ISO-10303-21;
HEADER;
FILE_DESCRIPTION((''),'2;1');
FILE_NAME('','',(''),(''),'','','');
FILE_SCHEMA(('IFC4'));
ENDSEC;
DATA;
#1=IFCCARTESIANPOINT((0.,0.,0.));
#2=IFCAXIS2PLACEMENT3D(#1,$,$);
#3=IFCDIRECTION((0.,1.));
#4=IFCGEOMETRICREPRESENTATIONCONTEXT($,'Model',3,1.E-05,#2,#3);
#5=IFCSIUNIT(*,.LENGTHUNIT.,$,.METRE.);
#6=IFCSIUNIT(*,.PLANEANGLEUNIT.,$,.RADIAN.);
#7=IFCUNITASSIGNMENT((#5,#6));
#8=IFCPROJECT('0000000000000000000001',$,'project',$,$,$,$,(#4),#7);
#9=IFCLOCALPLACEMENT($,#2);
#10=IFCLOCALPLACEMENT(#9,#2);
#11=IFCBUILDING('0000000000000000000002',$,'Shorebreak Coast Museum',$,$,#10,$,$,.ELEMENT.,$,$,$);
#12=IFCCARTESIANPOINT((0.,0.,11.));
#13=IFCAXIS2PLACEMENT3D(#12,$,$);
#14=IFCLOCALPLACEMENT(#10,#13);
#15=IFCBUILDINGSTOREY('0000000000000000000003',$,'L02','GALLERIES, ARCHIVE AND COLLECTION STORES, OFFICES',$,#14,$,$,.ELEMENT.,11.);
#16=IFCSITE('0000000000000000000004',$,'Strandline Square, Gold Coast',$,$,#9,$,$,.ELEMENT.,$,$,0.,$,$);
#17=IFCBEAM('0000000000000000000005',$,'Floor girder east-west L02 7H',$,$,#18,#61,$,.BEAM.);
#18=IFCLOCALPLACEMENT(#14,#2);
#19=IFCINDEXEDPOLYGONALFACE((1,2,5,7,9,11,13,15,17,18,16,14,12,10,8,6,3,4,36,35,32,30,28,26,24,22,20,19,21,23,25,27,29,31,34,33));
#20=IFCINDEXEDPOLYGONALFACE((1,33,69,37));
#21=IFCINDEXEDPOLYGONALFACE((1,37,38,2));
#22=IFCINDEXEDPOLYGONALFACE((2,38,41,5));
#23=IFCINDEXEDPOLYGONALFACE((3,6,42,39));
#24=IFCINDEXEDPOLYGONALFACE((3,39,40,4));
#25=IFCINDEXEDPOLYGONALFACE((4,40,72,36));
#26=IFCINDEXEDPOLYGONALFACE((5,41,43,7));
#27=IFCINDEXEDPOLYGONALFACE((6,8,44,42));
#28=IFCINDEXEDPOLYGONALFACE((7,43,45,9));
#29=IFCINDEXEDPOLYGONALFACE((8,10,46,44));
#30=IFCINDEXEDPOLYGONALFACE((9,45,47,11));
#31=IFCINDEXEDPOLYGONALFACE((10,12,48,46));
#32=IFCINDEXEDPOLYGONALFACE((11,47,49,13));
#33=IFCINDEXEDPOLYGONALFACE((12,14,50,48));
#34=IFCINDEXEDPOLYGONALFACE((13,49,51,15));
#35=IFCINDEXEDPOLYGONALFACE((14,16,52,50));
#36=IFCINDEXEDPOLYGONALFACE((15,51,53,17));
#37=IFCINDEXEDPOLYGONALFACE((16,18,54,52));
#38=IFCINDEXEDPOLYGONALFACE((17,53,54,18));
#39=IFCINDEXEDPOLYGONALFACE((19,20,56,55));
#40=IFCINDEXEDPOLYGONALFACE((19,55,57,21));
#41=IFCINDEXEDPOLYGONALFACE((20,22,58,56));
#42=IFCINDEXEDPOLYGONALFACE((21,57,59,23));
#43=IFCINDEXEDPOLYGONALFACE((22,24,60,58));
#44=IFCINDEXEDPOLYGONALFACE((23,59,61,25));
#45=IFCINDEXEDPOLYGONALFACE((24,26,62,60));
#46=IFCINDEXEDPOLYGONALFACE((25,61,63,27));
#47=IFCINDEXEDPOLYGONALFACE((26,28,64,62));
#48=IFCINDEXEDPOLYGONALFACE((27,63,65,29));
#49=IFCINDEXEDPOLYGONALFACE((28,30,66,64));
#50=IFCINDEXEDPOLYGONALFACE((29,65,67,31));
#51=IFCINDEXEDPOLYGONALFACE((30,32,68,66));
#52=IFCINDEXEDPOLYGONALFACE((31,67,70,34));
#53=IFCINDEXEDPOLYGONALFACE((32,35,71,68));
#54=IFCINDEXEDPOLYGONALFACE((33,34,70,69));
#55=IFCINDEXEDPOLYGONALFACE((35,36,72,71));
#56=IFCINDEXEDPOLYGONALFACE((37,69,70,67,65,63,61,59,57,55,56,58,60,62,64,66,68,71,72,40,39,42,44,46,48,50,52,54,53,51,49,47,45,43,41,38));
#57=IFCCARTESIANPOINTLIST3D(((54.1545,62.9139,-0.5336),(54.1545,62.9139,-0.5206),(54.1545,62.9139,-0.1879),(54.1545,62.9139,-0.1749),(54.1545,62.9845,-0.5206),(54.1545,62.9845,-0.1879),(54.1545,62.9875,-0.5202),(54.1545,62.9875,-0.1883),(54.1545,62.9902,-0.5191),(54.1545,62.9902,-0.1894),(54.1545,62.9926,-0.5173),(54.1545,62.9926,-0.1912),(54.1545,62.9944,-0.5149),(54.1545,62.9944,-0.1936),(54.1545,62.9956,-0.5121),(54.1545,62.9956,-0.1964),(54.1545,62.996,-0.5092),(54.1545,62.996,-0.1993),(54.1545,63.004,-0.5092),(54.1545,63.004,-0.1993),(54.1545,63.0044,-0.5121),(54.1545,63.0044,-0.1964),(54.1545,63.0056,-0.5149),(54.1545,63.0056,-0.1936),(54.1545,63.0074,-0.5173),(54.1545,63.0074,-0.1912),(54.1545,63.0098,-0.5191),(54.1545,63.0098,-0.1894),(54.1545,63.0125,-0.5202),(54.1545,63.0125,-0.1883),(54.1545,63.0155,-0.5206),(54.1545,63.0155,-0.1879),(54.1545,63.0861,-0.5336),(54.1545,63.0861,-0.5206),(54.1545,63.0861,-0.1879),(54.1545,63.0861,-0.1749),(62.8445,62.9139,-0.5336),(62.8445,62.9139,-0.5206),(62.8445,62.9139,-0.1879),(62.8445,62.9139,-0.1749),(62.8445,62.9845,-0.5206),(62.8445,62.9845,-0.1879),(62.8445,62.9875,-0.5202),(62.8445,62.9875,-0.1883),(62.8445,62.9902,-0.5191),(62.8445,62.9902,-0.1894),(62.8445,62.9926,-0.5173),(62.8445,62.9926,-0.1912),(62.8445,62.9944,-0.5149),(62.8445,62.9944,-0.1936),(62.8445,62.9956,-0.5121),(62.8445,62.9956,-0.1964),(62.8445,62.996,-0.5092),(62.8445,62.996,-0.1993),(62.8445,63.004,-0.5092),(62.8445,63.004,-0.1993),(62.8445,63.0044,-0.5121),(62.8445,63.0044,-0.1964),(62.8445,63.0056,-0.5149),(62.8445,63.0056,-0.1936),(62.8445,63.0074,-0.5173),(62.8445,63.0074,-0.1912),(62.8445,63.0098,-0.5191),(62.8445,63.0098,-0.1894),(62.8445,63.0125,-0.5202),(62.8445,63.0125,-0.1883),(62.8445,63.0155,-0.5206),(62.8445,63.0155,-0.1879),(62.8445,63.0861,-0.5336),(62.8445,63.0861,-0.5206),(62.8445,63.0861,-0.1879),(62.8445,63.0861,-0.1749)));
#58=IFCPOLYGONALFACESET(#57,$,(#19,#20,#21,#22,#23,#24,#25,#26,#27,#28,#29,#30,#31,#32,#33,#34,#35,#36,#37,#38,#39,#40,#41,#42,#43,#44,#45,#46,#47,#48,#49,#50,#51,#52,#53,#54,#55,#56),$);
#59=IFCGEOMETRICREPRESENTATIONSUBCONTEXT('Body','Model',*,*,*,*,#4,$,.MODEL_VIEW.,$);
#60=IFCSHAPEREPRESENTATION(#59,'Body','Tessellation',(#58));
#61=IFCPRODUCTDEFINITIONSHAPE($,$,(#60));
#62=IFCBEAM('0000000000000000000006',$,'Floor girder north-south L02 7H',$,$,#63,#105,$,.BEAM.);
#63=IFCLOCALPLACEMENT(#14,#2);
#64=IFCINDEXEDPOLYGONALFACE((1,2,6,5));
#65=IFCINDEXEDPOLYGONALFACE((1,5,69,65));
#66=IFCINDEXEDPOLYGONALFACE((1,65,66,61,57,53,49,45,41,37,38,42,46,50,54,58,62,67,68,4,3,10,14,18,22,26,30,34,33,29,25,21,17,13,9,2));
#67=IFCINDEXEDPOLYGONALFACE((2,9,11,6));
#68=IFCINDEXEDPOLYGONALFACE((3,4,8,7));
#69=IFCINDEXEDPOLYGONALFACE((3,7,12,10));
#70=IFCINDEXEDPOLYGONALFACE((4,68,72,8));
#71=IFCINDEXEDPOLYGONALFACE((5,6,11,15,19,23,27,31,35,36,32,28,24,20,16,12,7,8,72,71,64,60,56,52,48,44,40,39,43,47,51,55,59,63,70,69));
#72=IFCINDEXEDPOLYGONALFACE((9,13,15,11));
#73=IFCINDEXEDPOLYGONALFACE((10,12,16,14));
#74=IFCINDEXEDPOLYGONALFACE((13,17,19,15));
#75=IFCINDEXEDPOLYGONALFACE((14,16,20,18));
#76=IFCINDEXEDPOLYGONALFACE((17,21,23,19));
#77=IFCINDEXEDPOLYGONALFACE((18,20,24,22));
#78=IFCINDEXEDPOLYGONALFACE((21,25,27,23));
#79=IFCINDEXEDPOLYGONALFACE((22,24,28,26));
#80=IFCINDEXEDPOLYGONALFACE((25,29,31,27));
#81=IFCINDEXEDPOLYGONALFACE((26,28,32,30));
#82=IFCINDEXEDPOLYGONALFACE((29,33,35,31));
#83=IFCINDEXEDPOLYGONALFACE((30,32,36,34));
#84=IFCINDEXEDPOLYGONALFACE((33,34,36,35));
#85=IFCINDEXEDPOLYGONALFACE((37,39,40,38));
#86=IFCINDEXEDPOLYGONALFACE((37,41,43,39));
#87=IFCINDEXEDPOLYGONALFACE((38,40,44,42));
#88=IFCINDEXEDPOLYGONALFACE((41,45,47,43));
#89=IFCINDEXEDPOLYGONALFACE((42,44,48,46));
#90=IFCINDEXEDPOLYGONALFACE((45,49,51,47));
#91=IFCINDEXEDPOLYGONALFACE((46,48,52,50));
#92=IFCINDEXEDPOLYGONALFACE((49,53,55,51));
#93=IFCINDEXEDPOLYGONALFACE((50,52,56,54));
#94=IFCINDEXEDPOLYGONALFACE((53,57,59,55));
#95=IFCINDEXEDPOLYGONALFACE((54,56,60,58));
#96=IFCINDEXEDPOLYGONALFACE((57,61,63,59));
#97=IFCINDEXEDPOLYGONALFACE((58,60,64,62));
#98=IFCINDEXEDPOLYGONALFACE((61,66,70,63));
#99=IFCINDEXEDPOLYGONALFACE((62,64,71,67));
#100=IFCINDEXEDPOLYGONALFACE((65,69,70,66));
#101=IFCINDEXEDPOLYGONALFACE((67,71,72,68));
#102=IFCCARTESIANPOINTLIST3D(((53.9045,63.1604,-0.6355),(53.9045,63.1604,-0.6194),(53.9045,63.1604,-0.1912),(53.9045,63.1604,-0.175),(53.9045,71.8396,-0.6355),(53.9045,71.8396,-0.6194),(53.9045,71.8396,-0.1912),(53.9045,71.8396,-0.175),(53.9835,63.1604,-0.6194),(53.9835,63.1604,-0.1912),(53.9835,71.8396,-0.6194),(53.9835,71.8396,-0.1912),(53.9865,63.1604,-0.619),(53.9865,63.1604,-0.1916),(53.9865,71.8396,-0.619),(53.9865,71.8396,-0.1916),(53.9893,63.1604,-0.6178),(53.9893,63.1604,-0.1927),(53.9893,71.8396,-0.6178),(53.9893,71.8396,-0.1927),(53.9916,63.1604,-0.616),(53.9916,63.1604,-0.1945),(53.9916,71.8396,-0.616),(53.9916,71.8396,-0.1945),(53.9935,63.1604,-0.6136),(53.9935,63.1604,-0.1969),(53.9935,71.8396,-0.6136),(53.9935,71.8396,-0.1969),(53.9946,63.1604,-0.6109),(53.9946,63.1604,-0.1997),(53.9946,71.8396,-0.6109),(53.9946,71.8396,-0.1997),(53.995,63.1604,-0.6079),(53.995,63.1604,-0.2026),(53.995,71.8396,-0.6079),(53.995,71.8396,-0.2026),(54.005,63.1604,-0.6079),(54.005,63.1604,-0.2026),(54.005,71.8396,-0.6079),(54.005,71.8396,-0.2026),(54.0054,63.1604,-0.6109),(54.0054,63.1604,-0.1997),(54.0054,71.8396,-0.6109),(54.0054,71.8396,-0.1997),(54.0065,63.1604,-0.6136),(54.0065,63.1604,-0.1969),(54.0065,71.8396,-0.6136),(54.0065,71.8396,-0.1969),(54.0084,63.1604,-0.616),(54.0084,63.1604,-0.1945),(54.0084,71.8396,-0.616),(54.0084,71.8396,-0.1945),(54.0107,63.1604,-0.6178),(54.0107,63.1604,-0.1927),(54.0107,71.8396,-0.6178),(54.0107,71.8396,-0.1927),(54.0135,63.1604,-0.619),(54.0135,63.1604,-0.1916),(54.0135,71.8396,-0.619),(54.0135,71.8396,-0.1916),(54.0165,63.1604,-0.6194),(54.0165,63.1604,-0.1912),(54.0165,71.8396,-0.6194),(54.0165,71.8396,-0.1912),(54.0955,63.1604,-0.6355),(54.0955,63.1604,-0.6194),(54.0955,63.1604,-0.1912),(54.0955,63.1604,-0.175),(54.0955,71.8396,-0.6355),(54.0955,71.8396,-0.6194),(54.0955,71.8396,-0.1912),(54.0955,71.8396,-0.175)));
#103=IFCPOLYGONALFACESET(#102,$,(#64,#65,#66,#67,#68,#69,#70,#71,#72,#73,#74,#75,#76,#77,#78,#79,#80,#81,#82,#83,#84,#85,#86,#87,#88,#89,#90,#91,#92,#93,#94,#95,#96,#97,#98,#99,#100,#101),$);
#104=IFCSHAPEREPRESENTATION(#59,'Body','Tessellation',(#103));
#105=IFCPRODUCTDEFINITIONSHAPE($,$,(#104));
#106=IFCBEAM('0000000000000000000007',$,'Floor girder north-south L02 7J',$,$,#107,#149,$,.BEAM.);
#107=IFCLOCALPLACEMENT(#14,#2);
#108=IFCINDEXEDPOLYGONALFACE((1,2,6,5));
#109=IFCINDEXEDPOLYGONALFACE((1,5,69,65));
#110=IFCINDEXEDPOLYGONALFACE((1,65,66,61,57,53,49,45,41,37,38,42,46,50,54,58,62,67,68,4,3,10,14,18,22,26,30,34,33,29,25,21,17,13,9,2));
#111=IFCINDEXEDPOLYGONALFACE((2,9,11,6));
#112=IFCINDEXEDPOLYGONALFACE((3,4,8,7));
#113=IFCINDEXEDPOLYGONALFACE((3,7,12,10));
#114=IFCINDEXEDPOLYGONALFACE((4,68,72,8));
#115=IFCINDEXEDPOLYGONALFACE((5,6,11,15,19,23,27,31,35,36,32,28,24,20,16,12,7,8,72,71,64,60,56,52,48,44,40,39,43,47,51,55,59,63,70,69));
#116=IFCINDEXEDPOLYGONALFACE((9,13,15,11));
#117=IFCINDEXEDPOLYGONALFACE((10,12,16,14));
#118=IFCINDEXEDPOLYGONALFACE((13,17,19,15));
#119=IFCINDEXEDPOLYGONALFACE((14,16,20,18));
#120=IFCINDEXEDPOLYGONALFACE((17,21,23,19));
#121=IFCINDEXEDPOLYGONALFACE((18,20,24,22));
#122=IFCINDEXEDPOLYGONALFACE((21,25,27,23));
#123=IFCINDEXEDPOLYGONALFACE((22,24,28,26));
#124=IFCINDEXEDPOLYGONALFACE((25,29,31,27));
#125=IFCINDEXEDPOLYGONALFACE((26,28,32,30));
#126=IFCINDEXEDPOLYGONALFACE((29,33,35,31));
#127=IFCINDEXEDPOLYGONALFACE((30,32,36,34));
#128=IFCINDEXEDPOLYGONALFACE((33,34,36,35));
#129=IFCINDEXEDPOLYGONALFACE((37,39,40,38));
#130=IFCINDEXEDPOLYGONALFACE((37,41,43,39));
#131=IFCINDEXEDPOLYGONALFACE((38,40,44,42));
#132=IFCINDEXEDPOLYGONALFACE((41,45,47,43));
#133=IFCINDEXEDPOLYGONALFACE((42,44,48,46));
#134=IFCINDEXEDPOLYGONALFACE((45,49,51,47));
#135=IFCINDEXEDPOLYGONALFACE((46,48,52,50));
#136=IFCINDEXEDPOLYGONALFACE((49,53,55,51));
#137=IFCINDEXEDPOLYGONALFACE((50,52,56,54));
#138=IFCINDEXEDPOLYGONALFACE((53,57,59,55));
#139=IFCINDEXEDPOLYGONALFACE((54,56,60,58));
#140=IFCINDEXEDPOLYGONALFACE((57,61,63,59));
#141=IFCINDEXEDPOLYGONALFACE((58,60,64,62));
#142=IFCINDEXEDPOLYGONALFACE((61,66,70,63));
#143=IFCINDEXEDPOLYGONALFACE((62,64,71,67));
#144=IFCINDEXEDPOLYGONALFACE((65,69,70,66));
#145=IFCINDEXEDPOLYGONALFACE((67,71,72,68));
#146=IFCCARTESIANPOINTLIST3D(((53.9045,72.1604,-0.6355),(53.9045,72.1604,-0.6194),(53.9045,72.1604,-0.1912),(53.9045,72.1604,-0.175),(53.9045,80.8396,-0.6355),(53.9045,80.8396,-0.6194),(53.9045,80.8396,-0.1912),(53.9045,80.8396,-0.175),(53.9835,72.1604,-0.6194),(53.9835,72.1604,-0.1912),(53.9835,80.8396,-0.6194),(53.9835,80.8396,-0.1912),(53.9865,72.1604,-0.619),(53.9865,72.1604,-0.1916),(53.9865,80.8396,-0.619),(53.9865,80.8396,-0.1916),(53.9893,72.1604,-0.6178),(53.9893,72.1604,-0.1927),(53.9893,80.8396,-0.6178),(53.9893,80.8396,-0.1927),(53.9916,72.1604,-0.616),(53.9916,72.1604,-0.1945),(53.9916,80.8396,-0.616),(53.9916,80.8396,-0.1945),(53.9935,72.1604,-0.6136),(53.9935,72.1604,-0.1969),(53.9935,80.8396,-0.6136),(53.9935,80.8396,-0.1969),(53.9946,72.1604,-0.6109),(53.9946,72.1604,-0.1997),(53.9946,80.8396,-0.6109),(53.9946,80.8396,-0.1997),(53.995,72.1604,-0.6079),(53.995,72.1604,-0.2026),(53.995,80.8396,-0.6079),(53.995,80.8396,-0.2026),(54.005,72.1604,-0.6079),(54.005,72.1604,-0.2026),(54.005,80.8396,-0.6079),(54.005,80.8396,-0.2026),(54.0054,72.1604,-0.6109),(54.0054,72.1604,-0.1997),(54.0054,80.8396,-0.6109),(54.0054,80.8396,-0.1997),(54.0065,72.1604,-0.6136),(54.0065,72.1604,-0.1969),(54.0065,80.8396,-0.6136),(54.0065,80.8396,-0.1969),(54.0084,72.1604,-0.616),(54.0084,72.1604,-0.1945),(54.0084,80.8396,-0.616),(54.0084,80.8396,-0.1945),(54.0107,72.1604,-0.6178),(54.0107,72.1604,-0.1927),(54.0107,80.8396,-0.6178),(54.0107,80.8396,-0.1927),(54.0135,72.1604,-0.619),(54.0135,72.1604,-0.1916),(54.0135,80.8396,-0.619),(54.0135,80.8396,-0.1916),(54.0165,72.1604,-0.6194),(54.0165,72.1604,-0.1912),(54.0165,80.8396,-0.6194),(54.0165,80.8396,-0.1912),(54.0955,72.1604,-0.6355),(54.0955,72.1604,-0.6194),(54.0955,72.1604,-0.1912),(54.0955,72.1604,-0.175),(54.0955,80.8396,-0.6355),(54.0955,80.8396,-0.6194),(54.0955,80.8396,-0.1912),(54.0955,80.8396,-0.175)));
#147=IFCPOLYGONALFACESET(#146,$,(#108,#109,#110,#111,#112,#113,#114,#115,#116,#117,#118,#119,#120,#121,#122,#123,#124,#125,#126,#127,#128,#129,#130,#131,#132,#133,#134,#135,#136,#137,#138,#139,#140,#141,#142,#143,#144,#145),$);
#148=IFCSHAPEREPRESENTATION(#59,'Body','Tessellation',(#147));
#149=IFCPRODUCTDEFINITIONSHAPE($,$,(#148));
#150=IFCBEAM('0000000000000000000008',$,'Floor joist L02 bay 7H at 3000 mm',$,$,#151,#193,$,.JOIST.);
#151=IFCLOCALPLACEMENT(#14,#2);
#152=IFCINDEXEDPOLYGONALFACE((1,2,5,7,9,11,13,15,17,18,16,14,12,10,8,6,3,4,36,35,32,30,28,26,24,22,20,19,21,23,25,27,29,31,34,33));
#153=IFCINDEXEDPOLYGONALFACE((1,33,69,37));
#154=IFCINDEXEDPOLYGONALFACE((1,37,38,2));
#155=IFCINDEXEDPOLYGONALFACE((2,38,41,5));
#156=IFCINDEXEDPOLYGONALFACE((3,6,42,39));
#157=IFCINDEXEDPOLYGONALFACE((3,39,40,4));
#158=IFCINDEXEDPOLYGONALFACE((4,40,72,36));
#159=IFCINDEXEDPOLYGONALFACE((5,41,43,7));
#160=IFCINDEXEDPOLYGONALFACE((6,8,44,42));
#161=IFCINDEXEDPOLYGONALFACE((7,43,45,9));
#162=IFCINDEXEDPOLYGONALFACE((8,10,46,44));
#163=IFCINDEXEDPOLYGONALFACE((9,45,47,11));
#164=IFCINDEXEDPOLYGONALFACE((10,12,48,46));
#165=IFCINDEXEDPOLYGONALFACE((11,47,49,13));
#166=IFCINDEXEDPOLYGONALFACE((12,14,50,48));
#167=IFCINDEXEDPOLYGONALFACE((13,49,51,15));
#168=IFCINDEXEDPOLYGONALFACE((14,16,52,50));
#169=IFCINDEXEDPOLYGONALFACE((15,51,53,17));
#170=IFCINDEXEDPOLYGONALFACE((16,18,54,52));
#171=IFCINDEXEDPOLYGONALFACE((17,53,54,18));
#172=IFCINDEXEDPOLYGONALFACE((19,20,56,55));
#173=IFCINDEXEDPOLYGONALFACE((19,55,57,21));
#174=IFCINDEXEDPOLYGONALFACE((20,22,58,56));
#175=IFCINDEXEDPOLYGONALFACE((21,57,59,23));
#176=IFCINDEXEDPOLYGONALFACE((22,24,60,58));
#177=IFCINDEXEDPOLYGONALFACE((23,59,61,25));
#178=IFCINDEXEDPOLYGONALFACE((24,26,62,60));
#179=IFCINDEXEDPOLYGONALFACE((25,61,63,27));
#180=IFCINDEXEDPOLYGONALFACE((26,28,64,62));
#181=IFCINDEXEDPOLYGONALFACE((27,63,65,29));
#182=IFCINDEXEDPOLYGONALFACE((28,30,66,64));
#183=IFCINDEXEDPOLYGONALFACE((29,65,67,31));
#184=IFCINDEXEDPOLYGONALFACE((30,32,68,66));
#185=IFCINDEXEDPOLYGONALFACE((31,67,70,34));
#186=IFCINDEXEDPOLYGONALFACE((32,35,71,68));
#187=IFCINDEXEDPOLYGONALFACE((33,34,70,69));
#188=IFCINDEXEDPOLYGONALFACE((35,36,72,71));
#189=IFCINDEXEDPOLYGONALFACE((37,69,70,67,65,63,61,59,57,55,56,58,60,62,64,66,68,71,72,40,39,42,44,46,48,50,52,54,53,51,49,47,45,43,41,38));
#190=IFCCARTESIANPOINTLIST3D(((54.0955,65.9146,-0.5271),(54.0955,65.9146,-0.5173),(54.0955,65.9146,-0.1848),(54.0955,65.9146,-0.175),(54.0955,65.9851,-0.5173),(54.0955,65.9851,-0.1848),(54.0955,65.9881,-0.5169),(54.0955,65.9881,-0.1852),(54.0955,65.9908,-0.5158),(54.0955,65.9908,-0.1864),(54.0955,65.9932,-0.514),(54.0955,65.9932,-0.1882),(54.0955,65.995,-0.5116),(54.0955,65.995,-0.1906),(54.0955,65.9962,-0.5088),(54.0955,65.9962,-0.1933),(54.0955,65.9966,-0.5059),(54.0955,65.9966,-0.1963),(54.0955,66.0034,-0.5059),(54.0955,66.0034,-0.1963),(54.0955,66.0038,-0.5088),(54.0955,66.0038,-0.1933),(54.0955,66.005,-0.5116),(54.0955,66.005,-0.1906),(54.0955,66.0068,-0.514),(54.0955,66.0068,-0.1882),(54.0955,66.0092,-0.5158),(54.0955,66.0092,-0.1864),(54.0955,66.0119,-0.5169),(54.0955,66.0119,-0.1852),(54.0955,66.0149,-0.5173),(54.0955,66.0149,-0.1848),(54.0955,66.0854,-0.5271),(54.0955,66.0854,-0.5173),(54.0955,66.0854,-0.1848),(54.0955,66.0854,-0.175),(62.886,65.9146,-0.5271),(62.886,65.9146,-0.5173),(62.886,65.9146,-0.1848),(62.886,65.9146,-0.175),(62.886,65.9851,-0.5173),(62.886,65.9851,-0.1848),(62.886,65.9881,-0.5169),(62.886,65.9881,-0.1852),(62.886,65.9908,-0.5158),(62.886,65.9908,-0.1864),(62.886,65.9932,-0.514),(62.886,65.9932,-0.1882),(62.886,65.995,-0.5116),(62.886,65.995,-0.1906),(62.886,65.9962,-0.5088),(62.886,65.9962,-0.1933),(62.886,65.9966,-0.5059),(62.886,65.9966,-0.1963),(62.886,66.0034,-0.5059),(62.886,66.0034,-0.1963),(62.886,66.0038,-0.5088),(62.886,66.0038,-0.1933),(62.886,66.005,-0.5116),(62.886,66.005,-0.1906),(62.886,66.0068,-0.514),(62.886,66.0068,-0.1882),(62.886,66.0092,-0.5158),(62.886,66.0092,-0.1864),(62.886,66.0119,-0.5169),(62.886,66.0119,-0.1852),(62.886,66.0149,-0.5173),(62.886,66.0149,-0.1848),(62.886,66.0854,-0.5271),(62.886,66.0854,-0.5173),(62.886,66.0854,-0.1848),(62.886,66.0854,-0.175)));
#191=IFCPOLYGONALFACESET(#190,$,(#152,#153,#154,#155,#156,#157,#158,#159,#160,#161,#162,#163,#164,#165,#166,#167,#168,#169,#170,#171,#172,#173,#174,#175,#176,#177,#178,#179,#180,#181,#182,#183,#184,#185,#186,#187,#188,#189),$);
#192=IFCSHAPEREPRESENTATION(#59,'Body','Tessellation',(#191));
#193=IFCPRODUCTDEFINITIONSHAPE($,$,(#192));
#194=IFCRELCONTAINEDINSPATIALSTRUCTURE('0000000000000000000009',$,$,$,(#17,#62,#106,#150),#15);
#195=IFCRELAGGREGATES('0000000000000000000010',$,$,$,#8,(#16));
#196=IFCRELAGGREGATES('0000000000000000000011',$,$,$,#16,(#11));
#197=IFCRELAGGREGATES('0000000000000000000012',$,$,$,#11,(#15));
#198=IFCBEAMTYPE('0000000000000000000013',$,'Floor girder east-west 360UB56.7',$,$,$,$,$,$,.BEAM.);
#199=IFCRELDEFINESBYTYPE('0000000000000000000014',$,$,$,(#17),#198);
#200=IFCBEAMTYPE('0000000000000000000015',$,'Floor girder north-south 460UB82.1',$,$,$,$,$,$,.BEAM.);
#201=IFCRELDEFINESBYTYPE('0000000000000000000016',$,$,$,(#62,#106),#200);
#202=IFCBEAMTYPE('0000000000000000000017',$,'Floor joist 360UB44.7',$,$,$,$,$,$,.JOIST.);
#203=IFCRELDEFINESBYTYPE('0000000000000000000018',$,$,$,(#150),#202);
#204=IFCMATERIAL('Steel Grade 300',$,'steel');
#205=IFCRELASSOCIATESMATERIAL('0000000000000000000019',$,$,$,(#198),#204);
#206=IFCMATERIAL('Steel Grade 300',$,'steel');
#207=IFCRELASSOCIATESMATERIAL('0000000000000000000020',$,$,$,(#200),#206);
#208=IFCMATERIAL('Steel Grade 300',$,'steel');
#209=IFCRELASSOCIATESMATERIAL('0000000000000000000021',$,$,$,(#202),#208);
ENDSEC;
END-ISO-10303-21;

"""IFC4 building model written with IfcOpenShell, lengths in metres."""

from ifc_helpers import new_model, si_unit, direction, frame, origin, origin_2d, place, context, subcontext, project, spatial, i_section, extrude, material, material_profile, profile_set, type_object, element, save


model = new_model("IFC4")

# Units and contexts
model_context = context("Model", 3, precision=1e-05, world=origin(), true_north=direction((0.0, 1.0)))
body_context = subcontext(model_context, "Body", "Model", "MODEL_VIEW")
ifc_project = project(units=[si_unit("LENGTHUNIT", "METRE"), si_unit("PLANEANGLEUNIT", "RADIAN")], contexts=[model_context])

# Site, building, storey
site_placement = place(None, origin())
site = spatial("IfcSite", under=ifc_project, at=site_placement, Name="Strandline Square, Gold Coast", CompositionType="ELEMENT", RefElevation=0.0)
building_placement = place(site_placement, origin())
building = spatial("IfcBuilding", under=site, at=building_placement, Name="Shorebreak Coast Museum", CompositionType="ELEMENT")
storey_placement = place(building_placement, frame((0.0, 0.0, 11.0)))
storey = spatial("IfcBuildingStorey", under=building, at=storey_placement, Name="L02", Description="GALLERIES, ARCHIVE AND COLLECTION STORES, OFFICES", CompositionType="ELEMENT", Elevation=11.0)

# Beams
ifc_material_1 = material(Name="Steel Grade 300", Category="steel")
ifc_material_profile_1 = material_profile(ifc_material_1, i_section(OverallWidth=0.1721, OverallDepth=0.3586, WebThickness=0.0081, FlangeThickness=0.0129, FilletRadius=0.0115, at=origin_2d()), Name="360UB56.7")
ifc_profile_set_1 = profile_set([ifc_material_profile_1], Name="Steel Grade 300")
beam_type_1 = type_object("IfcBeamType", Name="Floor girder east-west 360UB56.7", PredefinedType="BEAM", material=ifc_profile_set_1)
beam_placement = place(storey_placement, frame((54.1545, 63.0, -0.3542), z_axis=(1.0, 0.0, 0.0), x_axis=(0.0, 1.0, 0.0)))
element("IfcBeam", 1, at=beam_placement, inside=storey, type_object=beam_type_1, Name="Floor girder east-west L02 7H", PredefinedType="BEAM", context=body_context, shape_type="SweptSolid", body=[
    extrude(i_section(OverallWidth=0.1721, OverallDepth=0.3586, WebThickness=0.0081, FlangeThickness=0.0129, FilletRadius=0.0115, at=origin_2d()), origin(), (0.0, 0.0, 1.0), 8.6899),
])
ifc_material_2 = material(Name="Steel Grade 300", Category="steel")
ifc_material_profile_2 = material_profile(ifc_material_2, i_section(OverallWidth=0.1909, OverallDepth=0.4604, WebThickness=0.01, FlangeThickness=0.0161, FilletRadius=0.0115, at=origin_2d()), Name="460UB82.1")
ifc_profile_set_2 = profile_set([ifc_material_profile_2], Name="Steel Grade 300")
beam_type_2 = type_object("IfcBeamType", Name="Floor girder north-south 460UB82.1", PredefinedType="BEAM", material=ifc_profile_set_2)
for number, where, z_axis, x_axis, name in (
    (2, (54.0, 63.1604, -0.4053), (0.0, 1.0, 0.0), (-1.0, 0.0, 0.0), "Floor girder north-south L02 7H"),
    (3, (54.0, 72.1604, -0.4053), (0.0, 1.0, 0.0), (-1.0, 0.0, 0.0), "Floor girder north-south L02 7J"),
):
    element("IfcBeam", number, at=place(storey_placement, frame(where, z_axis=z_axis, x_axis=x_axis)), inside=storey, type_object=beam_type_2, Name=name, PredefinedType="BEAM", context=body_context, shape_type="SweptSolid", body=[
        extrude(i_section(OverallWidth=0.1909, OverallDepth=0.4604, WebThickness=0.01, FlangeThickness=0.0161, FilletRadius=0.0115, at=origin_2d()), origin(), (0.0, 0.0, 1.0), 8.6792),
    ])
ifc_material_3 = material(Name="Steel Grade 300", Category="steel")
ifc_material_profile_3 = material_profile(ifc_material_3, i_section(OverallWidth=0.1709, OverallDepth=0.3521, WebThickness=0.0068, FlangeThickness=0.0098, FilletRadius=0.0115, at=origin_2d()), Name="360UB44.7")
ifc_profile_set_3 = profile_set([ifc_material_profile_3], Name="Steel Grade 300")
beam_type_3 = type_object("IfcBeamType", Name="Floor joist 360UB44.7", PredefinedType="JOIST", material=ifc_profile_set_3)
for number, where, z_axis, x_axis, name in (
    (4, (54.0955, 66.0, -0.3511), (1.0, 0.0, 0.0), (0.0, 1.0, 0.0), "Floor joist L02 bay 7H at 3000 mm"),
):
    element("IfcBeam", number, at=place(storey_placement, frame(where, z_axis=z_axis, x_axis=x_axis)), inside=storey, type_object=beam_type_3, Name=name, PredefinedType="JOIST", context=body_context, shape_type="SweptSolid", body=[
        extrude(i_section(OverallWidth=0.1709, OverallDepth=0.3521, WebThickness=0.0068, FlangeThickness=0.0098, FilletRadius=0.0115, at=origin_2d()), origin(), (0.0, 0.0, 1.0), 8.7905),
    ])

save(model, "model.ifc")
